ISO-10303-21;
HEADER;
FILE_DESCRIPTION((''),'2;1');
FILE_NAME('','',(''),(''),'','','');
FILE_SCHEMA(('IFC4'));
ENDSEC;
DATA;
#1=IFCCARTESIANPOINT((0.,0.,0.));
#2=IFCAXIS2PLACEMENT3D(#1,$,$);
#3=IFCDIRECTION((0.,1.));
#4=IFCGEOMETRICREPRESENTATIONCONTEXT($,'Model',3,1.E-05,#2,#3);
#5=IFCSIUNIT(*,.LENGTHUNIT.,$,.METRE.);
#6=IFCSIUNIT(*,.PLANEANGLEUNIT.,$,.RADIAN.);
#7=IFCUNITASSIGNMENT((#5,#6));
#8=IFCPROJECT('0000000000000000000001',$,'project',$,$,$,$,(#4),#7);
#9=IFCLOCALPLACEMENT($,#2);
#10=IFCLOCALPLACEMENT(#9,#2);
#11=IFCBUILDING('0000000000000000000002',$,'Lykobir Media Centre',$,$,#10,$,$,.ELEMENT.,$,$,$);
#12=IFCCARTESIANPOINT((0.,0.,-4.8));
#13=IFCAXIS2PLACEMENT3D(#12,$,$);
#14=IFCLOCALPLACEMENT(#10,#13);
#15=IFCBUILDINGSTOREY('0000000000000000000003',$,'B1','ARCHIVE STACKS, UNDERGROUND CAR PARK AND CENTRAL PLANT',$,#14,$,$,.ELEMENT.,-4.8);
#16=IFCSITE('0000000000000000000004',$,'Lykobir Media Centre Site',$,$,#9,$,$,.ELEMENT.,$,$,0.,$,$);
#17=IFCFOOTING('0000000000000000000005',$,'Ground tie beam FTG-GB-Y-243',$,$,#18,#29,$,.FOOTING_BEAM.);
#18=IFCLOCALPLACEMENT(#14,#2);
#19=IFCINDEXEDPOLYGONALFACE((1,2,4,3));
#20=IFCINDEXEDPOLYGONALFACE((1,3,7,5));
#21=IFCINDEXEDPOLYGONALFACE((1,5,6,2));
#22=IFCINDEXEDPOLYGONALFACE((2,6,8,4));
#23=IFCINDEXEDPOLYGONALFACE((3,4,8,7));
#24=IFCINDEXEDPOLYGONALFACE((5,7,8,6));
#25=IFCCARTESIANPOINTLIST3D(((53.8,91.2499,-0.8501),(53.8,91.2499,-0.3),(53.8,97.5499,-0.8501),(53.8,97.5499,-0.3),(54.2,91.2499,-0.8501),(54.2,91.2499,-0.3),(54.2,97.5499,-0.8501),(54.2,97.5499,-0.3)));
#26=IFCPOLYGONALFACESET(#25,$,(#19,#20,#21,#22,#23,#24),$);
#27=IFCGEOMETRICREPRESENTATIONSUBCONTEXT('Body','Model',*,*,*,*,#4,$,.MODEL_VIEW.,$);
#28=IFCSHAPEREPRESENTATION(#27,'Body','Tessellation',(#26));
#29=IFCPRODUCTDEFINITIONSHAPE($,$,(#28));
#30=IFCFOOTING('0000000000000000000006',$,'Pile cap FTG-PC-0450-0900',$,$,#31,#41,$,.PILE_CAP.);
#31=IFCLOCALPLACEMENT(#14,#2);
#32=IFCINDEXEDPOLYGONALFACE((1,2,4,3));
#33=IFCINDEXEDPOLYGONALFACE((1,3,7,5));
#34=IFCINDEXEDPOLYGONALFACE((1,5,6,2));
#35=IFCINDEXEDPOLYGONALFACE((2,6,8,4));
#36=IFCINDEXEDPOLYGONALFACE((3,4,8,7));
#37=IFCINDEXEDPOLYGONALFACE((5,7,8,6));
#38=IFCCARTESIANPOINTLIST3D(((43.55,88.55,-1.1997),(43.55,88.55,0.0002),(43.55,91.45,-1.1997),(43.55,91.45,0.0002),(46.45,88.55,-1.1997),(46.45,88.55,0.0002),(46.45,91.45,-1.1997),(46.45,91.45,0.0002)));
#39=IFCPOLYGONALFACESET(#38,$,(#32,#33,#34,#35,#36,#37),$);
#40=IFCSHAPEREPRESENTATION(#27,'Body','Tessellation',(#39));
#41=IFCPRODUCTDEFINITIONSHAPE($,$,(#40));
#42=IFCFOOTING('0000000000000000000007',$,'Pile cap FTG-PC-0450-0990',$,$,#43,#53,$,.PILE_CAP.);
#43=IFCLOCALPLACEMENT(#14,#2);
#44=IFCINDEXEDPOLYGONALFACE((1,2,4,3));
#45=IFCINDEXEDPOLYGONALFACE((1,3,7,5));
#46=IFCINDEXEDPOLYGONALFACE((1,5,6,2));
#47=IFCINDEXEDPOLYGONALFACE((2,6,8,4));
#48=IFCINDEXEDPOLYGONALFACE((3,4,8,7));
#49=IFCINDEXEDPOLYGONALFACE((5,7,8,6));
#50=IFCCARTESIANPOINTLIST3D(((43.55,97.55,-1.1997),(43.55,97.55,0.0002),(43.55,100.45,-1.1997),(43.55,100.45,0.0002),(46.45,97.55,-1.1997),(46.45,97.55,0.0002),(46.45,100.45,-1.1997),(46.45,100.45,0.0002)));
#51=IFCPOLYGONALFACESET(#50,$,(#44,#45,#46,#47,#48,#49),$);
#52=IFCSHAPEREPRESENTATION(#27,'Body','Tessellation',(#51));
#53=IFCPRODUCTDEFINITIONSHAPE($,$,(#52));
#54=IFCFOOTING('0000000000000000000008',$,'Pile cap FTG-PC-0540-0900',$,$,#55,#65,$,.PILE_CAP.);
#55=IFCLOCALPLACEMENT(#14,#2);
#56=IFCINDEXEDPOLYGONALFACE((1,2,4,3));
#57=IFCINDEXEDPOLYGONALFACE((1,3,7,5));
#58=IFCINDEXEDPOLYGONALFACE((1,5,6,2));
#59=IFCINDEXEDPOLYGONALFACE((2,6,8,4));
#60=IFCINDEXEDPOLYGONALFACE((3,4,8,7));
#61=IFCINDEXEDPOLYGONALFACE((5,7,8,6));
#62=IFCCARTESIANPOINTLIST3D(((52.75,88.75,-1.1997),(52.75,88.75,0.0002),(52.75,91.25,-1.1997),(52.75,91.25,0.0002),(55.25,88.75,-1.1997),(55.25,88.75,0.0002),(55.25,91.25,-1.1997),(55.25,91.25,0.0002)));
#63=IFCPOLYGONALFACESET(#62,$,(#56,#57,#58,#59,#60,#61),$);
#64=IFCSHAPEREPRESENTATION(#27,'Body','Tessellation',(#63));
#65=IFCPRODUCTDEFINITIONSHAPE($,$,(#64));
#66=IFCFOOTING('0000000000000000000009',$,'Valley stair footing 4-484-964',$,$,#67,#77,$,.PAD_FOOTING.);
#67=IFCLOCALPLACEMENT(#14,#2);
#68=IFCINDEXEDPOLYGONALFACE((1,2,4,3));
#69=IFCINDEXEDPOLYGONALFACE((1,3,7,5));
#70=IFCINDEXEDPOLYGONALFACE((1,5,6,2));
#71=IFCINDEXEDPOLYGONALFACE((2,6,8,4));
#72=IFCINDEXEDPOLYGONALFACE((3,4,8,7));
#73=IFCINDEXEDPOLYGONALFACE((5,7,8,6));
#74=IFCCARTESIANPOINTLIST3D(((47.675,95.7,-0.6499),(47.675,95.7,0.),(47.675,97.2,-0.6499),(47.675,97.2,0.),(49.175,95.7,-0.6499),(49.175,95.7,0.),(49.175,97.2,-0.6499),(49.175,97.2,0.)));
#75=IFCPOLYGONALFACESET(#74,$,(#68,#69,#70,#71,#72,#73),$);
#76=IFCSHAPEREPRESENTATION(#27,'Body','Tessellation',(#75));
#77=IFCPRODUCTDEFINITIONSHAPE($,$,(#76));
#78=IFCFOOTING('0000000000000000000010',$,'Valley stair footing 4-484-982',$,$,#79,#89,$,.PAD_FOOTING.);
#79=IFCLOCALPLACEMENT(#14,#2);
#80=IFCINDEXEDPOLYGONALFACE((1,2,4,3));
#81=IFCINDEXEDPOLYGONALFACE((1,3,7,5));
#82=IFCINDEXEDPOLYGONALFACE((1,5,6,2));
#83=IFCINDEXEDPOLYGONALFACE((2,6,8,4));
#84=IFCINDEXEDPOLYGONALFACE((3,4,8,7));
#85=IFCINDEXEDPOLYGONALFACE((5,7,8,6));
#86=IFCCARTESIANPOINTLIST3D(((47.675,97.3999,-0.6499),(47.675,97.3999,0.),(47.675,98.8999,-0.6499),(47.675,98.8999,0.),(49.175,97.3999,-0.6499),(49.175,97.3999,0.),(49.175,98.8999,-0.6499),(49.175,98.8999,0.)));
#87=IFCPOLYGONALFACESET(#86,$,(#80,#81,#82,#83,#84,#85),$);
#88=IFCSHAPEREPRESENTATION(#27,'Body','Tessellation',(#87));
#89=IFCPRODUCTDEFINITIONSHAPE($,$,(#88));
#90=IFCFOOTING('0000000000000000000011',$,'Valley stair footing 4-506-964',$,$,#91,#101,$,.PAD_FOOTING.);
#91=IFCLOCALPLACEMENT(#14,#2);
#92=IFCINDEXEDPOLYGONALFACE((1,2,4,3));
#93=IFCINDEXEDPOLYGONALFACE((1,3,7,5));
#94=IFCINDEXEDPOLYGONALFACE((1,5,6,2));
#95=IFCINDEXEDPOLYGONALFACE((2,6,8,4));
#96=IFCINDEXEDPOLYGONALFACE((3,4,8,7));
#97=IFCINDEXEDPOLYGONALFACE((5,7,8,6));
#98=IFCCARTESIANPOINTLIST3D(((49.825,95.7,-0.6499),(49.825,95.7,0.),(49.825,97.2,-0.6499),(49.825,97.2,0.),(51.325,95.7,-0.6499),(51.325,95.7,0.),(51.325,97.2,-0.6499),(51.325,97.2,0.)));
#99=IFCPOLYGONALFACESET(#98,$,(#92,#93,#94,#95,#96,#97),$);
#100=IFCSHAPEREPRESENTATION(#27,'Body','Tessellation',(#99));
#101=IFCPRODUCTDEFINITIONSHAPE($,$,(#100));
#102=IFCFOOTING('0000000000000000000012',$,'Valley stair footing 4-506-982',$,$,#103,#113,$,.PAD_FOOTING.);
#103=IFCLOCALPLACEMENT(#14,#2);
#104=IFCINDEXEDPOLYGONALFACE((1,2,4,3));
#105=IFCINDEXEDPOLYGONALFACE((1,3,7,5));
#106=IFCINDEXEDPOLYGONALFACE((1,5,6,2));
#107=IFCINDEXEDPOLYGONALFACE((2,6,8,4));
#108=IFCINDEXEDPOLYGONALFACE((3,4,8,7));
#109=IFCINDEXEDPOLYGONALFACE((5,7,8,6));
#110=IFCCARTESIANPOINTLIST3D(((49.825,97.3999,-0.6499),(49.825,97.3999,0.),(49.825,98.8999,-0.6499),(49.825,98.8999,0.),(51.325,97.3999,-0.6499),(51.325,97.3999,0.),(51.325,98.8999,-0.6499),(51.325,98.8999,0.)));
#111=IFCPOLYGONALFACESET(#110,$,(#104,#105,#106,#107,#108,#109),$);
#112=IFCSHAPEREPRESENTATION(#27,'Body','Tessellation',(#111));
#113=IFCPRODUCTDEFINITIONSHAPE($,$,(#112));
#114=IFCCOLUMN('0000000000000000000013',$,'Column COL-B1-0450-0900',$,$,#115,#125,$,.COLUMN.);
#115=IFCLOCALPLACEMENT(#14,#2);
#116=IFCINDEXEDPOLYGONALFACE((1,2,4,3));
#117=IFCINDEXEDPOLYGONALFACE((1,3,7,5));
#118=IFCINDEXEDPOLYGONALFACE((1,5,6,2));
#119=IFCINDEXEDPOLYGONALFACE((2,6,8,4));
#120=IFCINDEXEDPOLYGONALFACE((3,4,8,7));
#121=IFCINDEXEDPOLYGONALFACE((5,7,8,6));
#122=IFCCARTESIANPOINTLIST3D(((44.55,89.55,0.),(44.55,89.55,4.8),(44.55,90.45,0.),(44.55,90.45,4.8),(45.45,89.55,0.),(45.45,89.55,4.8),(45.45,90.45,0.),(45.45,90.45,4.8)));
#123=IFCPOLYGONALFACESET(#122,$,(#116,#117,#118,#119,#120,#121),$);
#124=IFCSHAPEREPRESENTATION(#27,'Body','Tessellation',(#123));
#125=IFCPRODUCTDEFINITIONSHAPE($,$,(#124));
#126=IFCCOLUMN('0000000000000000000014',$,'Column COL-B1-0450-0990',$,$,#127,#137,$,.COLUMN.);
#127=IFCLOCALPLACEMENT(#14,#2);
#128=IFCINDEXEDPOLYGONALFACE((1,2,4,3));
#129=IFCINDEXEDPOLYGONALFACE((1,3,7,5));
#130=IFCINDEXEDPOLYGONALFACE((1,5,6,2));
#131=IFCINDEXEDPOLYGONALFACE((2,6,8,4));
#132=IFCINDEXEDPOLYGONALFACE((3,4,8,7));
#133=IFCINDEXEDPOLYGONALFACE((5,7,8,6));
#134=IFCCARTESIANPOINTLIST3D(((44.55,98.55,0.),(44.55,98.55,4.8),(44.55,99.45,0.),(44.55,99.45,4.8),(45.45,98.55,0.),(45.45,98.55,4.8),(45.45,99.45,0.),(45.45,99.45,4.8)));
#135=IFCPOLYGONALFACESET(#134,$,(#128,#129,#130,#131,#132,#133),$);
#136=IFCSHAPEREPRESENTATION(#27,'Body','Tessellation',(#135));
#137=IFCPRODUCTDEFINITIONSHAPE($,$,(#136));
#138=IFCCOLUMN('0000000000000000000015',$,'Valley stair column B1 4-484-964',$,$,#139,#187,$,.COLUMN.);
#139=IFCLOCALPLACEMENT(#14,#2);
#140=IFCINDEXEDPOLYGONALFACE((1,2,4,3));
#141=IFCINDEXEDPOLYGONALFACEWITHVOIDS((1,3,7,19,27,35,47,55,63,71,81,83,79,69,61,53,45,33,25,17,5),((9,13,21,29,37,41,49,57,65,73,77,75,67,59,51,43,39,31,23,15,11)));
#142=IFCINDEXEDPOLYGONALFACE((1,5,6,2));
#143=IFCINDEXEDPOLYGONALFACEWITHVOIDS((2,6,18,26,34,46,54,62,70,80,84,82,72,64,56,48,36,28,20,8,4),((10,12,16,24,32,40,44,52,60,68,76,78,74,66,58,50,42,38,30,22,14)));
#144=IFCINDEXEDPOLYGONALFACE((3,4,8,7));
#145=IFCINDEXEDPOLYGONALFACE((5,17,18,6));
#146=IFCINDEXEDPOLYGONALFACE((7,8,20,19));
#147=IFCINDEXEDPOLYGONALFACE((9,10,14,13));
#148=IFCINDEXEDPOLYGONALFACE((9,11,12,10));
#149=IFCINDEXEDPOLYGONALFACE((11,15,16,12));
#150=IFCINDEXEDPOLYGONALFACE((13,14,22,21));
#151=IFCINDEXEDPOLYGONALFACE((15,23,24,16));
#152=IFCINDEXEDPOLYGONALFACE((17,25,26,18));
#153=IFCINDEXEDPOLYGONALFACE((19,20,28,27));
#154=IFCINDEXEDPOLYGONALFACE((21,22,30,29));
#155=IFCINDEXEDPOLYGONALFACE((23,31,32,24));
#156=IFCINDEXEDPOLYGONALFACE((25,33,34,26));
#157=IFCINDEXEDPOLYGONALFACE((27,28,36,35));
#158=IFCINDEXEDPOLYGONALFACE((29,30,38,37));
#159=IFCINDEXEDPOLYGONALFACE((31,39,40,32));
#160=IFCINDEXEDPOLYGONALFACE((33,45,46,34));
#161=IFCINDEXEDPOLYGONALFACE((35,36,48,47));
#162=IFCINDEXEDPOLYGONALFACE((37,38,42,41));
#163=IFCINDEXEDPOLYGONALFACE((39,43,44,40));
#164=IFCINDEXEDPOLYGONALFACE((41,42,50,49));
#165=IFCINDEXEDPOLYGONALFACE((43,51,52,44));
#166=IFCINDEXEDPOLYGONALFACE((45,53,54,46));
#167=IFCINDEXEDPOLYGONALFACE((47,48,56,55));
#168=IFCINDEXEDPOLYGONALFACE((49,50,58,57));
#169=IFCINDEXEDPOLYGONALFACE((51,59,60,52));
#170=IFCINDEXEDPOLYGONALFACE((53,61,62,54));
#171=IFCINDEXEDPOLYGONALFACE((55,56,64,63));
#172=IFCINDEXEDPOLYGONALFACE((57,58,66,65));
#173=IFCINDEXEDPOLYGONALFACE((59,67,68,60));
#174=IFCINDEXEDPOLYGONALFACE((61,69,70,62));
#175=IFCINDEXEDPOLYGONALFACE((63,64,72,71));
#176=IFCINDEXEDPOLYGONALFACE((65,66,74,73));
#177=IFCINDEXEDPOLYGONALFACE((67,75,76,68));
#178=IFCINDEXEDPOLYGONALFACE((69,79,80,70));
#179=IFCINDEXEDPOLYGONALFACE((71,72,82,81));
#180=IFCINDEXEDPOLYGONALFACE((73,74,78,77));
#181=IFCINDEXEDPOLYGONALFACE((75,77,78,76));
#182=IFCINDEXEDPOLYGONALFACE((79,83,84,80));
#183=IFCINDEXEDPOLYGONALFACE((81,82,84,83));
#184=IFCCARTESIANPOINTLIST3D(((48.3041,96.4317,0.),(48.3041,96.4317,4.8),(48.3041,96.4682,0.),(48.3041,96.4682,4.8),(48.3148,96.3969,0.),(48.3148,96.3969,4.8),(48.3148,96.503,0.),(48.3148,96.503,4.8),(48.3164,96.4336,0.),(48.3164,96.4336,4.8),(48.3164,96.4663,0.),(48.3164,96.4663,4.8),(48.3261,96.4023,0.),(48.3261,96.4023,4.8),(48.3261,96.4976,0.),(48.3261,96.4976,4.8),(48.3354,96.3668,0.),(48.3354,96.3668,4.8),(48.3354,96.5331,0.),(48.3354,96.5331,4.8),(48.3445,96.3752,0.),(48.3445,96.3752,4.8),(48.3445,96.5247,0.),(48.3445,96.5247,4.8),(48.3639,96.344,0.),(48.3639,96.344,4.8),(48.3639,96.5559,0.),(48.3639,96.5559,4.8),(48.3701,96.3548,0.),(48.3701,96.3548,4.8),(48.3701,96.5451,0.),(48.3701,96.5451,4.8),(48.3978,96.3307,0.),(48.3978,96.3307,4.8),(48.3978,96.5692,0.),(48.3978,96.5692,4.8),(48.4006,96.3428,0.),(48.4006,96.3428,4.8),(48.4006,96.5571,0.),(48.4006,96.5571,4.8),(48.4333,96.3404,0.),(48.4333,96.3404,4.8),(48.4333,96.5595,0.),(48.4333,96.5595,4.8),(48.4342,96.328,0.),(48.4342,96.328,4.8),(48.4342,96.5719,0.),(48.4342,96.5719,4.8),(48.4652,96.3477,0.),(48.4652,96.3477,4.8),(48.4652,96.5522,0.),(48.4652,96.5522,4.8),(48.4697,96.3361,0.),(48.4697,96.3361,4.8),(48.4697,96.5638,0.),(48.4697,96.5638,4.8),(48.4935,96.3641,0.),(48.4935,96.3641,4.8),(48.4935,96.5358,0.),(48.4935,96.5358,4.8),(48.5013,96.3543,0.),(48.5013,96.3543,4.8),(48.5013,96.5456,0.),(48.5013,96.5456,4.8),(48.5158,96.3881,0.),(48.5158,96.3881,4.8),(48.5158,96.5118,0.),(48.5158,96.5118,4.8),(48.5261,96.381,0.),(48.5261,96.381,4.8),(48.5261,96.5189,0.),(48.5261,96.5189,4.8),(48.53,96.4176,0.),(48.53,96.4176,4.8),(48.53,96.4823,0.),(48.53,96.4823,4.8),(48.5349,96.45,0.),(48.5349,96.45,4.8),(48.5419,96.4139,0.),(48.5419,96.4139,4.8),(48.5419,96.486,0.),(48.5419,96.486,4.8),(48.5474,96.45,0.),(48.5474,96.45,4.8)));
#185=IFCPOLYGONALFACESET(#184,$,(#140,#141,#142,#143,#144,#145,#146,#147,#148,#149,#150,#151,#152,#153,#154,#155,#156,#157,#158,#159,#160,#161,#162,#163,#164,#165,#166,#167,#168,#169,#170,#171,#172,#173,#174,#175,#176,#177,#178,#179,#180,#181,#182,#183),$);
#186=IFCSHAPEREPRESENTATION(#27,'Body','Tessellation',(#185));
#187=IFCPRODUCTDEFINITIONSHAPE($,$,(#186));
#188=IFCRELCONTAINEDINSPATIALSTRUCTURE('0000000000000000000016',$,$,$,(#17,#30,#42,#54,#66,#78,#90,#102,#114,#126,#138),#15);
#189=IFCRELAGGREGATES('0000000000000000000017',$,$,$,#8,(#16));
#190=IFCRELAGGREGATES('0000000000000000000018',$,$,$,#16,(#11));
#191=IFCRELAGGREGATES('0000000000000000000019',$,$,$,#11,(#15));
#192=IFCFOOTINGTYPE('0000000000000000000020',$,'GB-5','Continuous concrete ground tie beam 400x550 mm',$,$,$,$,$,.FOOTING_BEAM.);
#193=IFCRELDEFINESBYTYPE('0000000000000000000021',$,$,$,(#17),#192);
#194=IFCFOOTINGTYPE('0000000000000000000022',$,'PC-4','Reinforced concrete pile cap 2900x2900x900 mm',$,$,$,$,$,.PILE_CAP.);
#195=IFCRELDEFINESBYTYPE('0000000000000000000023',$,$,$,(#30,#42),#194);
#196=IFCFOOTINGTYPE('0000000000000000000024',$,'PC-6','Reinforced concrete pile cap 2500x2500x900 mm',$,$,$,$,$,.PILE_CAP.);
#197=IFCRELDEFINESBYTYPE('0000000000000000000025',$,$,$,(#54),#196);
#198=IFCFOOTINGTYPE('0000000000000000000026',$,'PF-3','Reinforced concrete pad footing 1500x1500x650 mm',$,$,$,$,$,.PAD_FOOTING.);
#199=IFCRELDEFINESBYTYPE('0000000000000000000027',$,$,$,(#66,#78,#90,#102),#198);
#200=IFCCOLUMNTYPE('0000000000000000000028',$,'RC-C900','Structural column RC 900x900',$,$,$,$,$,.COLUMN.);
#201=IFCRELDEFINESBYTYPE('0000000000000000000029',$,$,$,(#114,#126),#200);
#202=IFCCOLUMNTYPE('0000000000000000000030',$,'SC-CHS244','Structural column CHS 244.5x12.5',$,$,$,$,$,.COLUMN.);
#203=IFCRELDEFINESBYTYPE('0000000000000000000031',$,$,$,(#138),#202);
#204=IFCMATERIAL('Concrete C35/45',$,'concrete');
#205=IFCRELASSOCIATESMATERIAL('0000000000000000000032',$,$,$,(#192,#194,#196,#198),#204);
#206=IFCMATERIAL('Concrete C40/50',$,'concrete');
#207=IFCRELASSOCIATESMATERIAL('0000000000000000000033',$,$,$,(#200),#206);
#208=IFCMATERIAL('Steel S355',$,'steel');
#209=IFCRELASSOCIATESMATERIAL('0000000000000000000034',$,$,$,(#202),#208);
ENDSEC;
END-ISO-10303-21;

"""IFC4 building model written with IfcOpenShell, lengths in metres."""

from ifc_helpers import new_model, si_unit, direction, frame, origin, origin_2d, place, context, subcontext, project, spatial, rectangle, hollow_circle, extrude, material, material_profile, profile_set, type_object, element, save


model = new_model("IFC4")

# Units and contexts
model_context = context("Model", 3, precision=1e-05, world=origin(), true_north=direction((0.0, 1.0)))
body_context = subcontext(model_context, "Body", "Model", "MODEL_VIEW")
ifc_project = project(units=[si_unit("LENGTHUNIT", "METRE"), si_unit("PLANEANGLEUNIT", "RADIAN")], contexts=[model_context])

# Site, building, storey
site_placement = place(None, origin())
site = spatial("IfcSite", under=ifc_project, at=site_placement, Name="Lykobir Media Centre Site", CompositionType="ELEMENT", RefElevation=0.0)
building_placement = place(site_placement, origin())
building = spatial("IfcBuilding", under=site, at=building_placement, Name="Lykobir Media Centre", CompositionType="ELEMENT")
storey_placement = place(building_placement, frame((0.0, 0.0, -4.8)))
storey = spatial("IfcBuildingStorey", under=building, at=storey_placement, Name="B1", Description="ARCHIVE STACKS, UNDERGROUND CAR PARK AND CENTRAL PLANT", CompositionType="ELEMENT", Elevation=-4.8)

# Footings
ifc_material_1 = material(Name="Concrete C35/45", Category="concrete")
footing_type_1 = type_object("IfcFootingType", Name="GB-5", Description="Continuous concrete ground tie beam 400x550 mm", PredefinedType="FOOTING_BEAM", material=ifc_material_1)
footing_1_placement = place(storey_placement, frame((54.0, 94.3999, -0.8501), z_axis=(0.0, 0.0, 1.0), x_axis=(0.0, 1.0, 0.0)))
element("IfcFooting", 1, at=footing_1_placement, inside=storey, type_object=footing_type_1, Name="Ground tie beam FTG-GB-Y-243", PredefinedType="FOOTING_BEAM", context=body_context, shape_type="SweptSolid", body=[
    extrude(rectangle(XDim=6.3, YDim=0.3999, at=origin_2d()), origin(), (0.0, 0.0, 1.0), 0.55),
])
footing_type_2 = type_object("IfcFootingType", Name="PC-4", Description="Reinforced concrete pile cap 2900x2900x900 mm", PredefinedType="PILE_CAP", material=ifc_material_1)
for number, where, z_axis, x_axis, name in (
    (2, (45.0, 90.0, -1.1997), (0.0, 0.0, 1.0), (1.0, 0.0, 0.0), "Pile cap FTG-PC-0450-0900"),
    (3, (45.0, 99.0, -1.1997), (0.0, 0.0, 1.0), (1.0, 0.0, 0.0), "Pile cap FTG-PC-0450-0990"),
):
    element("IfcFooting", number, at=place(storey_placement, frame(where, z_axis=z_axis, x_axis=x_axis)), inside=storey, type_object=footing_type_2, Name=name, PredefinedType="PILE_CAP", context=body_context, shape_type="SweptSolid", body=[
        extrude(rectangle(XDim=2.8999, YDim=2.8999, at=origin_2d()), origin(), (0.0, 0.0, 1.0), 1.2),
    ])
footing_type_3 = type_object("IfcFootingType", Name="PC-6", Description="Reinforced concrete pile cap 2500x2500x900 mm", PredefinedType="PILE_CAP", material=ifc_material_1)
footing_2_placement = place(storey_placement, frame((54.0, 90.0, -1.1997), z_axis=(0.0, 0.0, 1.0), x_axis=(1.0, 0.0, 0.0)))
element("IfcFooting", 4, at=footing_2_placement, inside=storey, type_object=footing_type_3, Name="Pile cap FTG-PC-0540-0900", PredefinedType="PILE_CAP", context=body_context, shape_type="SweptSolid", body=[
    extrude(rectangle(XDim=2.5, YDim=2.5, at=origin_2d()), origin(), (0.0, 0.0, 1.0), 1.2),
])
footing_type_4 = type_object("IfcFootingType", Name="PF-3", Description="Reinforced concrete pad footing 1500x1500x650 mm", PredefinedType="PAD_FOOTING", material=ifc_material_1)
for number, where, z_axis, x_axis, name in (
    (5, (48.425, 96.45, -0.6499), (0.0, 0.0, 1.0), (1.0, 0.0, 0.0), "Valley stair footing 4-484-964"),
    (6, (48.425, 98.1499, -0.6499), (0.0, 0.0, 1.0), (1.0, 0.0, 0.0), "Valley stair footing 4-484-982"),
    (7, (50.575, 96.45, -0.6499), (0.0, 0.0, 1.0), (1.0, 0.0, 0.0), "Valley stair footing 4-506-964"),
    (8, (50.575, 98.1499, -0.6499), (0.0, 0.0, 1.0), (1.0, 0.0, 0.0), "Valley stair footing 4-506-982"),
):
    element("IfcFooting", number, at=place(storey_placement, frame(where, z_axis=z_axis, x_axis=x_axis)), inside=storey, type_object=footing_type_4, Name=name, PredefinedType="PAD_FOOTING", context=body_context, shape_type="SweptSolid", body=[
        extrude(rectangle(XDim=1.5, YDim=1.5, at=origin_2d()), origin(), (0.0, 0.0, 1.0), 0.6499),
    ])

# Columns
ifc_material_2 = material(Name="Concrete C40/50", Category="concrete")
ifc_material_profile_1 = material_profile(ifc_material_2, rectangle(XDim=0.8999, YDim=0.8999, at=origin_2d()), Name="RC 900x900")
ifc_profile_set_1 = profile_set([ifc_material_profile_1], Name="Concrete C40/50")
column_type_1 = type_object("IfcColumnType", Name="RC-C900", Description="Structural column RC 900x900", PredefinedType="COLUMN", material=ifc_profile_set_1)
for number, where, z_axis, x_axis, name in (
    (9, (45.0, 90.0, 0.0), (0.0, 0.0, 1.0), (1.0, 0.0, 0.0), "Column COL-B1-0450-0900"),
    (10, (45.0, 99.0, 0.0), (0.0, 0.0, 1.0), (1.0, 0.0, 0.0), "Column COL-B1-0450-0990"),
):
    element("IfcColumn", number, at=place(storey_placement, frame(where, z_axis=z_axis, x_axis=x_axis)), inside=storey, type_object=column_type_1, Name=name, PredefinedType="COLUMN", context=body_context, shape_type="SweptSolid", body=[
        extrude(rectangle(XDim=0.8999, YDim=0.8999, at=origin_2d()), origin(), (0.0, 0.0, 1.0), 4.8),
    ])
ifc_material_3 = material(Name="Steel S355", Category="steel")
ifc_material_profile_2 = material_profile(ifc_material_3, hollow_circle(Radius=0.1223, WallThickness=0.0125, at=origin_2d()), Name="CHS 244.5x12.5")
ifc_profile_set_2 = profile_set([ifc_material_profile_2], Name="Steel S355")
column_type_2 = type_object("IfcColumnType", Name="SC-CHS244", Description="Structural column CHS 244.5x12.5", PredefinedType="COLUMN", material=ifc_profile_set_2)
for number, where, z_axis, x_axis, name in (
    (11, (48.425, 96.45, 0.0), (0.0, 0.0, 1.0), (1.0, 0.0, 0.0), "Valley stair column B1 4-484-964"),
):
    element("IfcColumn", number, at=place(storey_placement, frame(where, z_axis=z_axis, x_axis=x_axis)), inside=storey, type_object=column_type_2, Name=name, PredefinedType="COLUMN", context=body_context, shape_type="SweptSolid", body=[
        extrude(hollow_circle(Radius=0.1223, WallThickness=0.0125, at=origin_2d()), origin(), (0.0, 0.0, 1.0), 4.8),
    ])

save(model, "model.ifc")
